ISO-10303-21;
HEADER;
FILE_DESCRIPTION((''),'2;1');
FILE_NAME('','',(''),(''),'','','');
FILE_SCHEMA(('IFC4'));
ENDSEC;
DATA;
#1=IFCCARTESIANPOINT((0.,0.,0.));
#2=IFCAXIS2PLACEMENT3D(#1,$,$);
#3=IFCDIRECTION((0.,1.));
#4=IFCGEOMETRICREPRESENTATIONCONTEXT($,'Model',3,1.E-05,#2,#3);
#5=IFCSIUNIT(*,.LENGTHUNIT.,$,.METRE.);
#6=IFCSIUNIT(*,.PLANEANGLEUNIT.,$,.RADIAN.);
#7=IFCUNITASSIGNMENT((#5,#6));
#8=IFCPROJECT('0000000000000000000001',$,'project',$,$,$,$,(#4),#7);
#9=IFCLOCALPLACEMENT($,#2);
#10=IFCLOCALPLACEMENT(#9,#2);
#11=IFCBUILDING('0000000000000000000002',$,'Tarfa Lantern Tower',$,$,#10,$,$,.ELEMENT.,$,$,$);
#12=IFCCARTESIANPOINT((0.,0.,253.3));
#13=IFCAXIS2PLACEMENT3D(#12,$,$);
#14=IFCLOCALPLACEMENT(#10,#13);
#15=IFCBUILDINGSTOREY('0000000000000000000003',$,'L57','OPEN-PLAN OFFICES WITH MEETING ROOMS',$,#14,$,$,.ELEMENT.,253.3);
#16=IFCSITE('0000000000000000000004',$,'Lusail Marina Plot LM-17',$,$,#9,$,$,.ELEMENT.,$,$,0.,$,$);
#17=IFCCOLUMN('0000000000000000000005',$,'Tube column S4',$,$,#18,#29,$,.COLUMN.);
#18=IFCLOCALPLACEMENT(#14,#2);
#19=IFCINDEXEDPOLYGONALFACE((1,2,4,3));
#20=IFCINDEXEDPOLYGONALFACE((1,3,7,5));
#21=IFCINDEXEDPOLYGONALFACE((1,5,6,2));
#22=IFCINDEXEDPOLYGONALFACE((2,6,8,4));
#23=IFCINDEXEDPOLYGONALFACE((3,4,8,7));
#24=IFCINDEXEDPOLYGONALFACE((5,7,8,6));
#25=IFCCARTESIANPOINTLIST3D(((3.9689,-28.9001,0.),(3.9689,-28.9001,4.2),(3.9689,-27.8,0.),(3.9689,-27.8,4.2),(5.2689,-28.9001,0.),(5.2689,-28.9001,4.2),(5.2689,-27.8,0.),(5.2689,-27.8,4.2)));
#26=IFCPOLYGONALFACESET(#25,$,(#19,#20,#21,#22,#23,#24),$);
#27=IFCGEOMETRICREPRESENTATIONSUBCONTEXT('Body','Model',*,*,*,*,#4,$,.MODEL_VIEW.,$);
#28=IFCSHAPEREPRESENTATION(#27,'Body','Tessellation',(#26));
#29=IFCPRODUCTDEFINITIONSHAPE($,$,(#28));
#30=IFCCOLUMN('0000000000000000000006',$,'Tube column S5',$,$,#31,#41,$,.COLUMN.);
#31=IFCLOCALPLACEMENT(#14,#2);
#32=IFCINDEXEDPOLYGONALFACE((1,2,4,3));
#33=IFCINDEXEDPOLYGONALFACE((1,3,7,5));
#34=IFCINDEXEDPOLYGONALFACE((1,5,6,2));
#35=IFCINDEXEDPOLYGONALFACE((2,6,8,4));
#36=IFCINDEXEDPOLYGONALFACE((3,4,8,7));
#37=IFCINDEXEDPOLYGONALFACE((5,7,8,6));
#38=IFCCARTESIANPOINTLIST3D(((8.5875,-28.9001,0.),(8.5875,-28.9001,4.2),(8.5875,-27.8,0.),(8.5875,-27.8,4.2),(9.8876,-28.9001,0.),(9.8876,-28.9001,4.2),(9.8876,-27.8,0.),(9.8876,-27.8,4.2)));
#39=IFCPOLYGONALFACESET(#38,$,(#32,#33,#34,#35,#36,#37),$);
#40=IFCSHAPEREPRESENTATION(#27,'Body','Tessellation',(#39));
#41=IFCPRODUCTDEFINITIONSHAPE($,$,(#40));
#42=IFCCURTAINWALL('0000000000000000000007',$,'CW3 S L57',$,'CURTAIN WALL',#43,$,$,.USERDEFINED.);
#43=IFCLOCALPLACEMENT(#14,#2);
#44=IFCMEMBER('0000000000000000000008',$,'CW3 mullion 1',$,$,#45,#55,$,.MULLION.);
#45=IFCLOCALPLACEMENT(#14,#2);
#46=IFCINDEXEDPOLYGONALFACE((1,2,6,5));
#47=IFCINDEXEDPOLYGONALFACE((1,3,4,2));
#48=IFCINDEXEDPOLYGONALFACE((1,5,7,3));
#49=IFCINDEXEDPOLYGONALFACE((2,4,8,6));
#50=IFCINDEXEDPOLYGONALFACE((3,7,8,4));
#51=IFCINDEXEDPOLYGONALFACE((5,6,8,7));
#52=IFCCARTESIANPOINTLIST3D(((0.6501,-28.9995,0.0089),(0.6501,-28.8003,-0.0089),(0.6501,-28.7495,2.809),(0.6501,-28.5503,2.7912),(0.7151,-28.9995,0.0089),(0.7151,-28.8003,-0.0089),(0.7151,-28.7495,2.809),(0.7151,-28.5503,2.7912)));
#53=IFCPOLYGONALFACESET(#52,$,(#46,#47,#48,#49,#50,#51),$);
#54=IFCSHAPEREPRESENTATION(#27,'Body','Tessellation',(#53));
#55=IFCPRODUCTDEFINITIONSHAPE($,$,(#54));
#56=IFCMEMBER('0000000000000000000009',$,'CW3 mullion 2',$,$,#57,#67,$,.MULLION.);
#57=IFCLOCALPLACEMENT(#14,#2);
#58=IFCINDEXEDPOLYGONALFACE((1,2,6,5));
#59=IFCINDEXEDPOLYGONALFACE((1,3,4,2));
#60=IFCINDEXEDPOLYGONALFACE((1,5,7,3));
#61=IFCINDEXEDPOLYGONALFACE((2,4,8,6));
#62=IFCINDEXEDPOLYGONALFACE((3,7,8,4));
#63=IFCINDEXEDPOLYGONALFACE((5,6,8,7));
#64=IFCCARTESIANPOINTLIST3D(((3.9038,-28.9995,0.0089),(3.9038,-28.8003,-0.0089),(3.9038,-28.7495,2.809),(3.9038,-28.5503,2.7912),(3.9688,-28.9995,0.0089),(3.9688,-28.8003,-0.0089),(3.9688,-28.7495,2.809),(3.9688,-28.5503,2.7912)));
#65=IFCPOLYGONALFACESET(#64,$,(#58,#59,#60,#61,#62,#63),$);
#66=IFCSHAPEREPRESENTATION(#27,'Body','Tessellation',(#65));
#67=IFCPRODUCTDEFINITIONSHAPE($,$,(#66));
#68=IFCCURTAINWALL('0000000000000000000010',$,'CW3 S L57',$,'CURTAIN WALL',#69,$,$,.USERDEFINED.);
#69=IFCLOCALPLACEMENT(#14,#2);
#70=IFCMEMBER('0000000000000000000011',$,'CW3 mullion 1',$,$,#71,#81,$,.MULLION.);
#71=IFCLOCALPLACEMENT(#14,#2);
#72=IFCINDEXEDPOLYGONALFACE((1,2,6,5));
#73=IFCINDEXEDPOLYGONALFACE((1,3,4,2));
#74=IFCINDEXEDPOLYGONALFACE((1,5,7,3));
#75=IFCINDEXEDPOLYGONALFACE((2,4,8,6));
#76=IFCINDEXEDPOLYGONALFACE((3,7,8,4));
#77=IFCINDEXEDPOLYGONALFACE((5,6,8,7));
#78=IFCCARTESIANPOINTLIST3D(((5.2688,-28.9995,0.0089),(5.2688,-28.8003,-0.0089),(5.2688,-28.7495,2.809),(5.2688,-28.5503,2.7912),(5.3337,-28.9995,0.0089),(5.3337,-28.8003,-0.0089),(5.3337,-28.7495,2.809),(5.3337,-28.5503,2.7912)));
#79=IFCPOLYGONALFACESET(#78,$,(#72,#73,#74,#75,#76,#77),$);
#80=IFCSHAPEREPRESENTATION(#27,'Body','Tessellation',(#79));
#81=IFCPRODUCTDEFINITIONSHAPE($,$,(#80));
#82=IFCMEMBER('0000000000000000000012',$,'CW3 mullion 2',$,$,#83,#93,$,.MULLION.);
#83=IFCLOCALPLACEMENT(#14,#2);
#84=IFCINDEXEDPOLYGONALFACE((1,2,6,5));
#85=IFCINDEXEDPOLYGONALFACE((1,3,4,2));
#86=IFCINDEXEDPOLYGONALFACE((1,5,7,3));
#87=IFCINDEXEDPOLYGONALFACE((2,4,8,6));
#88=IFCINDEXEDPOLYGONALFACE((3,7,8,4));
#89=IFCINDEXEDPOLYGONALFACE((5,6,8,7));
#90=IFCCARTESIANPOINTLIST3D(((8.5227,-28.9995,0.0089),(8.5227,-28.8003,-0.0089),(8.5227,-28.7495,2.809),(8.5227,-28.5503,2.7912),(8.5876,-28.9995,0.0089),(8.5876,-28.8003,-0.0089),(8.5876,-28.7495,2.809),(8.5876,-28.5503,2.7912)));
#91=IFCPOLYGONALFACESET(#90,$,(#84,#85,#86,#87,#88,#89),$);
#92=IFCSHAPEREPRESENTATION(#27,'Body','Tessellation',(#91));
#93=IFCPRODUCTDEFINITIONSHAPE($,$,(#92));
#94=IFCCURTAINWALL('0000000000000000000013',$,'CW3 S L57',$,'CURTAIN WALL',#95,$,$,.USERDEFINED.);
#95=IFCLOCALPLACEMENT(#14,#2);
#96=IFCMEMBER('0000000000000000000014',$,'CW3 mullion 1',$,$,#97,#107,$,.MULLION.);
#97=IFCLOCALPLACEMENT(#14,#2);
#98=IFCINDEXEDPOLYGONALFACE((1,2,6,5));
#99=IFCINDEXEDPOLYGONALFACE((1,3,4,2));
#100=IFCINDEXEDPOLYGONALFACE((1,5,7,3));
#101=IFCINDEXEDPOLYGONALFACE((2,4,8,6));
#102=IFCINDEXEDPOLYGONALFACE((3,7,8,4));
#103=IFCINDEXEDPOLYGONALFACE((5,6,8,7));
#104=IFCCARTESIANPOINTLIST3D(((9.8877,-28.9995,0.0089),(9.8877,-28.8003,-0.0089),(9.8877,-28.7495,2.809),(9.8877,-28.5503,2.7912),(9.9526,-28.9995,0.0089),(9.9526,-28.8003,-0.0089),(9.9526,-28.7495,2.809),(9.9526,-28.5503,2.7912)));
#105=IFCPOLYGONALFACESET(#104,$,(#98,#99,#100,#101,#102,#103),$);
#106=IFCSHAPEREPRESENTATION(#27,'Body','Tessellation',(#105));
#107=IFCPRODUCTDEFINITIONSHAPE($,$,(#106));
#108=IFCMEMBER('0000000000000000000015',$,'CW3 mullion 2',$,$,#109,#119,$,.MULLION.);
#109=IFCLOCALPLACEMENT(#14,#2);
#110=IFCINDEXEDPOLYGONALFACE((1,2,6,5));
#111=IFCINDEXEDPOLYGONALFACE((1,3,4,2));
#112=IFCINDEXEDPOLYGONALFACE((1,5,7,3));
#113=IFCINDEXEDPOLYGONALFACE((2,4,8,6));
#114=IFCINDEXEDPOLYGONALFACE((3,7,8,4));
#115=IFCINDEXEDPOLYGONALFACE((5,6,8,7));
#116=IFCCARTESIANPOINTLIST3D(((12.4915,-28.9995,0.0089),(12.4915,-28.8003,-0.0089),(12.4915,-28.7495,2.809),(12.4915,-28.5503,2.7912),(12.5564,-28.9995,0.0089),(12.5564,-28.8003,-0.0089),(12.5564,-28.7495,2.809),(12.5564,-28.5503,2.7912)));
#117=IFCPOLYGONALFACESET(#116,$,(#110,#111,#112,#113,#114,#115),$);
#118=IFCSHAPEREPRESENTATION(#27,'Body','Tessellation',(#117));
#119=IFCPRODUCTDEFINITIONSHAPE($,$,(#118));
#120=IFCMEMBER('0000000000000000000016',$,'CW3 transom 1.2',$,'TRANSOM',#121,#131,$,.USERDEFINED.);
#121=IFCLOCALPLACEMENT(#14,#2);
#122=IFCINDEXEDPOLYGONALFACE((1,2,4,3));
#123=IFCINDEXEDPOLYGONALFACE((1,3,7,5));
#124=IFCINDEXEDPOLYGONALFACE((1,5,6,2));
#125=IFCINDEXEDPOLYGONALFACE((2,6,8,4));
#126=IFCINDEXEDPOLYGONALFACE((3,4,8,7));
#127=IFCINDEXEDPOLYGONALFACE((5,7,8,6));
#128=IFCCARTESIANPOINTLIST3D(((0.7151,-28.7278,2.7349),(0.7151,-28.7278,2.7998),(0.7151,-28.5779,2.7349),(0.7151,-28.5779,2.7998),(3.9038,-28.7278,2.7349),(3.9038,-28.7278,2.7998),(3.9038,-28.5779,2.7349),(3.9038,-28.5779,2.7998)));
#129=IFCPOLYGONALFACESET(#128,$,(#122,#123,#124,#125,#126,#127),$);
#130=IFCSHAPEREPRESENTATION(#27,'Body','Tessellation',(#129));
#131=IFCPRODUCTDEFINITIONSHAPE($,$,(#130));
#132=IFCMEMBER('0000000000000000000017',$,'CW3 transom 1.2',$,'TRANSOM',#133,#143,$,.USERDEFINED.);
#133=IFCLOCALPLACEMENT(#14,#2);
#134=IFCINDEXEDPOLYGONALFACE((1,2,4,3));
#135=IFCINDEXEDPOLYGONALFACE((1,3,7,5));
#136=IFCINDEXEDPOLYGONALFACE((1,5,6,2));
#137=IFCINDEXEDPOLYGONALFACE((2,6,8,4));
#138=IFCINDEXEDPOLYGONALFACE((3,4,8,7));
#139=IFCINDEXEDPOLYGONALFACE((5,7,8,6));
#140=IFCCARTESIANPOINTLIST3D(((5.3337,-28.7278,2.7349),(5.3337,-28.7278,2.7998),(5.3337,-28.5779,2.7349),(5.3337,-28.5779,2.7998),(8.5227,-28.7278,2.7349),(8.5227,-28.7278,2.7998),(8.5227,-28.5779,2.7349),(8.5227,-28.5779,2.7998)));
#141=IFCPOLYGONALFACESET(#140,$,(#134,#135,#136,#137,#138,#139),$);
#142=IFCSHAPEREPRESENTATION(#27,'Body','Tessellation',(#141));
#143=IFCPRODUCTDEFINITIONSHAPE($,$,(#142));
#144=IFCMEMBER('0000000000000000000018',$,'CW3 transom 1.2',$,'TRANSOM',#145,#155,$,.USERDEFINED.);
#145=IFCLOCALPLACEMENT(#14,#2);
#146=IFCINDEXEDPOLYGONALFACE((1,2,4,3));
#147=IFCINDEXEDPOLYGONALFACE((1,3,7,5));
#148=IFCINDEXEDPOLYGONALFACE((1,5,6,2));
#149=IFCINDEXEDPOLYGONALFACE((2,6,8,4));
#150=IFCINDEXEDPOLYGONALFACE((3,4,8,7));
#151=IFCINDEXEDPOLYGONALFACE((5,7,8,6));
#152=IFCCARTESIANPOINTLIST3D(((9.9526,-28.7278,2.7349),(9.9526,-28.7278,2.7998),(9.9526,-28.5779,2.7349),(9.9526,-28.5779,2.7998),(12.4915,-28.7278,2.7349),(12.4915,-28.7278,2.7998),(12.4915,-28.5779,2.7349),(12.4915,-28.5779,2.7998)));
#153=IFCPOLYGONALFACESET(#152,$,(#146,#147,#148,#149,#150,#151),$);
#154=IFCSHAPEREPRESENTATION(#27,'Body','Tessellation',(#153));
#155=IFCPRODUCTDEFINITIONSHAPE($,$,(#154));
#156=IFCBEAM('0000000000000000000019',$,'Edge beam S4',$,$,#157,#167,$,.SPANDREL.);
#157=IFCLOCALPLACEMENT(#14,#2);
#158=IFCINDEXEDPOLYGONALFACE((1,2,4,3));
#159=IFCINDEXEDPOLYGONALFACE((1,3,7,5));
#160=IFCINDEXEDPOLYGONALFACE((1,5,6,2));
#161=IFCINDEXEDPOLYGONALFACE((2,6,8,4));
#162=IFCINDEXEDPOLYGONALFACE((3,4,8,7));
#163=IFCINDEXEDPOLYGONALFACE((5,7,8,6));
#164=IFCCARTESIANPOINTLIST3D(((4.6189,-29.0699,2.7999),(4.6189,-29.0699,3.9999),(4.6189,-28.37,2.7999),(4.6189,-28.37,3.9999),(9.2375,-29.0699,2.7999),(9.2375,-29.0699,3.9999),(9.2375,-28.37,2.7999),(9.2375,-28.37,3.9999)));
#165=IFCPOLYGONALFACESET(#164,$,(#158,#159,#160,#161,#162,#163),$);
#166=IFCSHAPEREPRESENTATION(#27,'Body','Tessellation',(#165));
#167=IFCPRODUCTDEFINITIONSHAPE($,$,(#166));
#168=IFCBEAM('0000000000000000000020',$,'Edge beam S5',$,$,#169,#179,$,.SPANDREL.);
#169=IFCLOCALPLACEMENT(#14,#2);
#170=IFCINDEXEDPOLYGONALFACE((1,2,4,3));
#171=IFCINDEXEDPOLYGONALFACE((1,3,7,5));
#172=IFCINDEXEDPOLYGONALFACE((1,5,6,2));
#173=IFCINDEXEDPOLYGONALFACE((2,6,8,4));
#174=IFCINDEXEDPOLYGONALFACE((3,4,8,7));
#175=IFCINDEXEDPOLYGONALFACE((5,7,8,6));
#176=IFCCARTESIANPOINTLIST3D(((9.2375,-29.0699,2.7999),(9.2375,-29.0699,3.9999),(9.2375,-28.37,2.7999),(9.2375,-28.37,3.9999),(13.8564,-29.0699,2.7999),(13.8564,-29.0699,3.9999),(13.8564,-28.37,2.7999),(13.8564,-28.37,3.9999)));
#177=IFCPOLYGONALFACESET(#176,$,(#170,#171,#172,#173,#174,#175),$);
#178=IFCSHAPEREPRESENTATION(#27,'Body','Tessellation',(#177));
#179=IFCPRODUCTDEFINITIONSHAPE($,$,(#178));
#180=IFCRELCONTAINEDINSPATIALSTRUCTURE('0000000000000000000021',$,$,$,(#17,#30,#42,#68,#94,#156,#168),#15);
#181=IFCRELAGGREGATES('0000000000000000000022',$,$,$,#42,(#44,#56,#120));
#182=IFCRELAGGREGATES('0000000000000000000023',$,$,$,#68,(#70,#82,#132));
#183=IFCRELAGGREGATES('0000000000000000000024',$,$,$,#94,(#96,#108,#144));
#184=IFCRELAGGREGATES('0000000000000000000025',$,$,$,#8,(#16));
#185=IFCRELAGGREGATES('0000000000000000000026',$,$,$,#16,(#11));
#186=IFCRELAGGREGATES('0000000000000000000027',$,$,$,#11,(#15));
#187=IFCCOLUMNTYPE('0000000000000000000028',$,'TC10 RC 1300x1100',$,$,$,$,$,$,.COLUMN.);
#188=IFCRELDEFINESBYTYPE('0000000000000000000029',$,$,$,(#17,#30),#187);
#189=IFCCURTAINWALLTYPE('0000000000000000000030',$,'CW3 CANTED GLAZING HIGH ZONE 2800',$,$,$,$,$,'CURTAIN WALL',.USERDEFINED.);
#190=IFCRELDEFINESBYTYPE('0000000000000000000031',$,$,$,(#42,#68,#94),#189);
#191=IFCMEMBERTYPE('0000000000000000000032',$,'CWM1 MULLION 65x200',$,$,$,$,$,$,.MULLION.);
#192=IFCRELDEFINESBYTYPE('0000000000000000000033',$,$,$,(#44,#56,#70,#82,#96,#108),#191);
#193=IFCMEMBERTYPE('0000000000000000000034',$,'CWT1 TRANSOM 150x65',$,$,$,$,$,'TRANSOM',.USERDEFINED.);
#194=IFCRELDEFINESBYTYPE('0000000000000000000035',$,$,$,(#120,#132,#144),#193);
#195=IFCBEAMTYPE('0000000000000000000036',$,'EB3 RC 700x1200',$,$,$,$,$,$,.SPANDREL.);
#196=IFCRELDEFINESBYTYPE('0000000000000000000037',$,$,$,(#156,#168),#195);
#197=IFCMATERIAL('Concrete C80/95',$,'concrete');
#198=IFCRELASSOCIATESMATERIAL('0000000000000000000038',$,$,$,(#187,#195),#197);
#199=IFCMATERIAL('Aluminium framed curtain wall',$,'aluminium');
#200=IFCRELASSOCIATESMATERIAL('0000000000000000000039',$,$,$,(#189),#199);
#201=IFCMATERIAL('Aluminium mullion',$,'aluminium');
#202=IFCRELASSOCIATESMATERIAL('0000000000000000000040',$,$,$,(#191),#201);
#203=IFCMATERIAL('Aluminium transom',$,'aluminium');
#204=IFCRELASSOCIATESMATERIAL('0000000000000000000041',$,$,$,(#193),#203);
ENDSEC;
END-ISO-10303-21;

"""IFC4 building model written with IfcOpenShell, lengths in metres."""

from ifc_helpers import new_model, si_unit, direction, frame, origin, origin_2d, place, context, subcontext, project, spatial, rectangle, extrude, material, material_profile, profile_set, type_object, element, aggregate, save


model = new_model("IFC4")

# Units and contexts
model_context = context("Model", 3, precision=1e-05, world=origin(), true_north=direction((0.0, 1.0)))
body_context = subcontext(model_context, "Body", "Model", "MODEL_VIEW")
ifc_project = project(units=[si_unit("LENGTHUNIT", "METRE"), si_unit("PLANEANGLEUNIT", "RADIAN")], contexts=[model_context])

# Site, building, storey
site_placement = place(None, origin())
site = spatial("IfcSite", under=ifc_project, at=site_placement, Name="Lusail Marina Plot LM-17", CompositionType="ELEMENT", RefElevation=0.0)
building_placement = place(site_placement, origin())
building = spatial("IfcBuilding", under=site, at=building_placement, Name="Tarfa Lantern Tower", CompositionType="ELEMENT")
storey_placement = place(building_placement, frame((0.0, 0.0, 253.3)))
storey = spatial("IfcBuildingStorey", under=building, at=storey_placement, Name="L57", Description="OPEN-PLAN OFFICES WITH MEETING ROOMS", CompositionType="ELEMENT", Elevation=253.3)

# Columns
ifc_material_1 = material(Name="Concrete C80/95", Category="concrete")
ifc_material_profile_1 = material_profile(ifc_material_1, rectangle(XDim=1.3, YDim=1.1001, at=origin_2d()), Name="RC 1300x1100")
ifc_profile_set_1 = profile_set([ifc_material_profile_1], Name="Concrete C80/95")
column_type = type_object("IfcColumnType", Name="TC10 RC 1300x1100", PredefinedType="COLUMN", material=ifc_profile_set_1)
for number, where, z_axis, x_axis, name in (
    (1, (4.6189, -28.3501, 0.0), (0.0, 0.0, 1.0), (1.0, 0.0, 0.0), "Tube column S4"),
    (2, (9.2375, -28.3501, 0.0), (0.0, 0.0, 1.0), (1.0, 0.0, 0.0), "Tube column S5"),
):
    element("IfcColumn", number, at=place(storey_placement, frame(where, z_axis=z_axis, x_axis=x_axis)), inside=storey, type_object=column_type, Name=name, PredefinedType="COLUMN", context=body_context, shape_type="SweptSolid", body=[
        extrude(rectangle(XDim=1.3, YDim=1.1001, at=origin_2d()), origin(), (0.0, 0.0, 1.0), 4.2),
    ])

# Curtain walls, members
ifc_material_2 = material(Name="Aluminium framed curtain wall", Category="aluminium")
curtain_wall_type = type_object("IfcCurtainWallType", Name="CW3 CANTED GLAZING HIGH ZONE 2800", ElementType="CURTAIN WALL", PredefinedType="USERDEFINED", material=ifc_material_2)
curtain_wall_1_placement = place(storey_placement, origin())
curtain_wall_1 = element("IfcCurtainWall", 3, at=curtain_wall_1_placement, inside=storey, type_object=curtain_wall_type, Name="CW3 S L57", ObjectType="CURTAIN WALL", PredefinedType="USERDEFINED")
ifc_material_3 = material(Name="Aluminium mullion", Category="aluminium")
ifc_material_profile_2 = material_profile(ifc_material_3, rectangle(XDim=0.0649, YDim=0.2, at=origin_2d()), Name="AL MULLION 65x200")
ifc_profile_set_2 = profile_set([ifc_material_profile_2], Name="Aluminium mullion")
member_type_1 = type_object("IfcMemberType", Name="CWM1 MULLION 65x200", PredefinedType="MULLION", material=ifc_profile_set_2)
member_1_placement = place(storey_placement, frame((0.6826, -28.8999, 0.0), z_axis=(0.0, 0.08893, 0.996038), x_axis=(-1.0, 0.0, 0.0)))
member_1 = element("IfcMember", 4, at=member_1_placement, type_object=member_type_1, Name="CW3 mullion 1", PredefinedType="MULLION", context=body_context, shape_type="SweptSolid", body=[
    extrude(rectangle(XDim=0.0649, YDim=0.2, at=origin_2d()), origin(), (0.0, 0.0, 1.0), 2.8113),
])
member_2_placement = place(storey_placement, frame((3.9363, -28.8999, 0.0), z_axis=(0.0, 0.08893, 0.996038), x_axis=(-1.0, 0.0, 0.0)))
member_2 = element("IfcMember", 5, at=member_2_placement, type_object=member_type_1, Name="CW3 mullion 2", PredefinedType="MULLION", context=body_context, shape_type="SweptSolid", body=[
    extrude(rectangle(XDim=0.0649, YDim=0.2, at=origin_2d()), origin(), (0.0, 0.0, 1.0), 2.8113),
])
curtain_wall_2_placement = place(storey_placement, origin())
curtain_wall_2 = element("IfcCurtainWall", 6, at=curtain_wall_2_placement, inside=storey, type_object=curtain_wall_type, Name="CW3 S L57", ObjectType="CURTAIN WALL", PredefinedType="USERDEFINED")
member_3_placement = place(storey_placement, frame((5.3013, -28.8999, 0.0), z_axis=(0.0, 0.08893, 0.996038), x_axis=(-1.0, 0.0, 0.0)))
member_3 = element("IfcMember", 7, at=member_3_placement, type_object=member_type_1, Name="CW3 mullion 1", PredefinedType="MULLION", context=body_context, shape_type="SweptSolid", body=[
    extrude(rectangle(XDim=0.0649, YDim=0.2, at=origin_2d()), origin(), (0.0, 0.0, 1.0), 2.8113),
])
member_4_placement = place(storey_placement, frame((8.5552, -28.8999, 0.0), z_axis=(0.0, 0.08893, 0.996038), x_axis=(-1.0, 0.0, 0.0)))
member_4 = element("IfcMember", 8, at=member_4_placement, type_object=member_type_1, Name="CW3 mullion 2", PredefinedType="MULLION", context=body_context, shape_type="SweptSolid", body=[
    extrude(rectangle(XDim=0.0649, YDim=0.2, at=origin_2d()), origin(), (0.0, 0.0, 1.0), 2.8113),
])
curtain_wall_3_placement = place(storey_placement, origin())
curtain_wall_3 = element("IfcCurtainWall", 9, at=curtain_wall_3_placement, inside=storey, type_object=curtain_wall_type, Name="CW3 S L57", ObjectType="CURTAIN WALL", PredefinedType="USERDEFINED")
member_5_placement = place(storey_placement, frame((9.9202, -28.8999, 0.0), z_axis=(0.0, 0.08893, 0.996038), x_axis=(-1.0, 0.0, 0.0)))
member_5 = element("IfcMember", 10, at=member_5_placement, type_object=member_type_1, Name="CW3 mullion 1", PredefinedType="MULLION", context=body_context, shape_type="SweptSolid", body=[
    extrude(rectangle(XDim=0.0649, YDim=0.2, at=origin_2d()), origin(), (0.0, 0.0, 1.0), 2.8113),
])
member_6_placement = place(storey_placement, frame((12.5239, -28.8999, 0.0), z_axis=(0.0, 0.08893, 0.996038), x_axis=(-1.0, 0.0, 0.0)))
member_6 = element("IfcMember", 11, at=member_6_placement, type_object=member_type_1, Name="CW3 mullion 2", PredefinedType="MULLION", context=body_context, shape_type="SweptSolid", body=[
    extrude(rectangle(XDim=0.0649, YDim=0.2, at=origin_2d()), origin(), (0.0, 0.0, 1.0), 2.8113),
])

# Members
ifc_material_4 = material(Name="Aluminium transom", Category="aluminium")
ifc_material_profile_3 = material_profile(ifc_material_4, rectangle(XDim=0.1499, YDim=0.0649, at=origin_2d()), Name="AL TRANSOM 150x65")
ifc_profile_set_3 = profile_set([ifc_material_profile_3], Name="Aluminium transom")
member_type_2 = type_object("IfcMemberType", Name="CWT1 TRANSOM 150x65", ElementType="TRANSOM", PredefinedType="USERDEFINED", material=ifc_profile_set_3)
member_7_placement = place(storey_placement, frame((0.7151, -28.6528, 2.7673), z_axis=(1.0, 0.0, 0.0), x_axis=(0.0, 1.0, 0.0)))
member_7 = element("IfcMember", 12, at=member_7_placement, type_object=member_type_2, Name="CW3 transom 1.2", ObjectType="TRANSOM", PredefinedType="USERDEFINED", context=body_context, shape_type="SweptSolid", body=[
    extrude(rectangle(XDim=0.1499, YDim=0.0649, at=origin_2d()), origin(), (0.0, 0.0, 1.0), 3.1887),
])
member_8_placement = place(storey_placement, frame((5.3337, -28.6528, 2.7673), z_axis=(1.0, 0.0, 0.0), x_axis=(0.0, 1.0, 0.0)))
member_8 = element("IfcMember", 13, at=member_8_placement, type_object=member_type_2, Name="CW3 transom 1.2", ObjectType="TRANSOM", PredefinedType="USERDEFINED", context=body_context, shape_type="SweptSolid", body=[
    extrude(rectangle(XDim=0.1499, YDim=0.0649, at=origin_2d()), origin(), (0.0, 0.0, 1.0), 3.189),
])
member_9_placement = place(storey_placement, frame((9.9526, -28.6528, 2.7673), z_axis=(1.0, 0.0, 0.0), x_axis=(0.0, 1.0, 0.0)))
member_9 = element("IfcMember", 14, at=member_9_placement, type_object=member_type_2, Name="CW3 transom 1.2", ObjectType="TRANSOM", PredefinedType="USERDEFINED", context=body_context, shape_type="SweptSolid", body=[
    extrude(rectangle(XDim=0.1499, YDim=0.0649, at=origin_2d()), origin(), (0.0, 0.0, 1.0), 2.5388),
])

# Beams
ifc_material_profile_4 = material_profile(ifc_material_1, rectangle(XDim=0.7, YDim=1.2, at=origin_2d()), Name="RC 700x1200")
ifc_profile_set_4 = profile_set([ifc_material_profile_4], Name="Concrete C80/95")
beam_type_1 = type_object("IfcBeamType", Name="EB3 RC 700x1200", PredefinedType="SPANDREL", material=ifc_profile_set_4)
beam_1_placement = place(storey_placement, frame((4.6189, -28.72, 3.3999), z_axis=(1.0, 0.0, 0.0), x_axis=(0.0, 1.0, 0.0)))
element("IfcBeam", 15, at=beam_1_placement, inside=storey, type_object=beam_type_1, Name="Edge beam S4", PredefinedType="SPANDREL", context=body_context, shape_type="SweptSolid", body=[
    extrude(rectangle(XDim=0.7, YDim=1.2, at=origin_2d()), origin(), (0.0, 0.0, 1.0), 4.6187),
])
beam_2_placement = place(storey_placement, frame((9.2375, -28.72, 3.3999), z_axis=(1.0, 0.0, 0.0), x_axis=(0.0, 1.0, 0.0)))
element("IfcBeam", 16, at=beam_2_placement, inside=storey, type_object=beam_type_1, Name="Edge beam S5", PredefinedType="SPANDREL", context=body_context, shape_type="SweptSolid", body=[
    extrude(rectangle(XDim=0.7, YDim=1.2, at=origin_2d()), origin(), (0.0, 0.0, 1.0), 4.6189),
])

aggregate(curtain_wall_1, [member_1, member_2, member_7])
aggregate(curtain_wall_2, [member_3, member_4, member_8])
aggregate(curtain_wall_3, [member_5, member_6, member_9])

save(model, "model.ifc")
